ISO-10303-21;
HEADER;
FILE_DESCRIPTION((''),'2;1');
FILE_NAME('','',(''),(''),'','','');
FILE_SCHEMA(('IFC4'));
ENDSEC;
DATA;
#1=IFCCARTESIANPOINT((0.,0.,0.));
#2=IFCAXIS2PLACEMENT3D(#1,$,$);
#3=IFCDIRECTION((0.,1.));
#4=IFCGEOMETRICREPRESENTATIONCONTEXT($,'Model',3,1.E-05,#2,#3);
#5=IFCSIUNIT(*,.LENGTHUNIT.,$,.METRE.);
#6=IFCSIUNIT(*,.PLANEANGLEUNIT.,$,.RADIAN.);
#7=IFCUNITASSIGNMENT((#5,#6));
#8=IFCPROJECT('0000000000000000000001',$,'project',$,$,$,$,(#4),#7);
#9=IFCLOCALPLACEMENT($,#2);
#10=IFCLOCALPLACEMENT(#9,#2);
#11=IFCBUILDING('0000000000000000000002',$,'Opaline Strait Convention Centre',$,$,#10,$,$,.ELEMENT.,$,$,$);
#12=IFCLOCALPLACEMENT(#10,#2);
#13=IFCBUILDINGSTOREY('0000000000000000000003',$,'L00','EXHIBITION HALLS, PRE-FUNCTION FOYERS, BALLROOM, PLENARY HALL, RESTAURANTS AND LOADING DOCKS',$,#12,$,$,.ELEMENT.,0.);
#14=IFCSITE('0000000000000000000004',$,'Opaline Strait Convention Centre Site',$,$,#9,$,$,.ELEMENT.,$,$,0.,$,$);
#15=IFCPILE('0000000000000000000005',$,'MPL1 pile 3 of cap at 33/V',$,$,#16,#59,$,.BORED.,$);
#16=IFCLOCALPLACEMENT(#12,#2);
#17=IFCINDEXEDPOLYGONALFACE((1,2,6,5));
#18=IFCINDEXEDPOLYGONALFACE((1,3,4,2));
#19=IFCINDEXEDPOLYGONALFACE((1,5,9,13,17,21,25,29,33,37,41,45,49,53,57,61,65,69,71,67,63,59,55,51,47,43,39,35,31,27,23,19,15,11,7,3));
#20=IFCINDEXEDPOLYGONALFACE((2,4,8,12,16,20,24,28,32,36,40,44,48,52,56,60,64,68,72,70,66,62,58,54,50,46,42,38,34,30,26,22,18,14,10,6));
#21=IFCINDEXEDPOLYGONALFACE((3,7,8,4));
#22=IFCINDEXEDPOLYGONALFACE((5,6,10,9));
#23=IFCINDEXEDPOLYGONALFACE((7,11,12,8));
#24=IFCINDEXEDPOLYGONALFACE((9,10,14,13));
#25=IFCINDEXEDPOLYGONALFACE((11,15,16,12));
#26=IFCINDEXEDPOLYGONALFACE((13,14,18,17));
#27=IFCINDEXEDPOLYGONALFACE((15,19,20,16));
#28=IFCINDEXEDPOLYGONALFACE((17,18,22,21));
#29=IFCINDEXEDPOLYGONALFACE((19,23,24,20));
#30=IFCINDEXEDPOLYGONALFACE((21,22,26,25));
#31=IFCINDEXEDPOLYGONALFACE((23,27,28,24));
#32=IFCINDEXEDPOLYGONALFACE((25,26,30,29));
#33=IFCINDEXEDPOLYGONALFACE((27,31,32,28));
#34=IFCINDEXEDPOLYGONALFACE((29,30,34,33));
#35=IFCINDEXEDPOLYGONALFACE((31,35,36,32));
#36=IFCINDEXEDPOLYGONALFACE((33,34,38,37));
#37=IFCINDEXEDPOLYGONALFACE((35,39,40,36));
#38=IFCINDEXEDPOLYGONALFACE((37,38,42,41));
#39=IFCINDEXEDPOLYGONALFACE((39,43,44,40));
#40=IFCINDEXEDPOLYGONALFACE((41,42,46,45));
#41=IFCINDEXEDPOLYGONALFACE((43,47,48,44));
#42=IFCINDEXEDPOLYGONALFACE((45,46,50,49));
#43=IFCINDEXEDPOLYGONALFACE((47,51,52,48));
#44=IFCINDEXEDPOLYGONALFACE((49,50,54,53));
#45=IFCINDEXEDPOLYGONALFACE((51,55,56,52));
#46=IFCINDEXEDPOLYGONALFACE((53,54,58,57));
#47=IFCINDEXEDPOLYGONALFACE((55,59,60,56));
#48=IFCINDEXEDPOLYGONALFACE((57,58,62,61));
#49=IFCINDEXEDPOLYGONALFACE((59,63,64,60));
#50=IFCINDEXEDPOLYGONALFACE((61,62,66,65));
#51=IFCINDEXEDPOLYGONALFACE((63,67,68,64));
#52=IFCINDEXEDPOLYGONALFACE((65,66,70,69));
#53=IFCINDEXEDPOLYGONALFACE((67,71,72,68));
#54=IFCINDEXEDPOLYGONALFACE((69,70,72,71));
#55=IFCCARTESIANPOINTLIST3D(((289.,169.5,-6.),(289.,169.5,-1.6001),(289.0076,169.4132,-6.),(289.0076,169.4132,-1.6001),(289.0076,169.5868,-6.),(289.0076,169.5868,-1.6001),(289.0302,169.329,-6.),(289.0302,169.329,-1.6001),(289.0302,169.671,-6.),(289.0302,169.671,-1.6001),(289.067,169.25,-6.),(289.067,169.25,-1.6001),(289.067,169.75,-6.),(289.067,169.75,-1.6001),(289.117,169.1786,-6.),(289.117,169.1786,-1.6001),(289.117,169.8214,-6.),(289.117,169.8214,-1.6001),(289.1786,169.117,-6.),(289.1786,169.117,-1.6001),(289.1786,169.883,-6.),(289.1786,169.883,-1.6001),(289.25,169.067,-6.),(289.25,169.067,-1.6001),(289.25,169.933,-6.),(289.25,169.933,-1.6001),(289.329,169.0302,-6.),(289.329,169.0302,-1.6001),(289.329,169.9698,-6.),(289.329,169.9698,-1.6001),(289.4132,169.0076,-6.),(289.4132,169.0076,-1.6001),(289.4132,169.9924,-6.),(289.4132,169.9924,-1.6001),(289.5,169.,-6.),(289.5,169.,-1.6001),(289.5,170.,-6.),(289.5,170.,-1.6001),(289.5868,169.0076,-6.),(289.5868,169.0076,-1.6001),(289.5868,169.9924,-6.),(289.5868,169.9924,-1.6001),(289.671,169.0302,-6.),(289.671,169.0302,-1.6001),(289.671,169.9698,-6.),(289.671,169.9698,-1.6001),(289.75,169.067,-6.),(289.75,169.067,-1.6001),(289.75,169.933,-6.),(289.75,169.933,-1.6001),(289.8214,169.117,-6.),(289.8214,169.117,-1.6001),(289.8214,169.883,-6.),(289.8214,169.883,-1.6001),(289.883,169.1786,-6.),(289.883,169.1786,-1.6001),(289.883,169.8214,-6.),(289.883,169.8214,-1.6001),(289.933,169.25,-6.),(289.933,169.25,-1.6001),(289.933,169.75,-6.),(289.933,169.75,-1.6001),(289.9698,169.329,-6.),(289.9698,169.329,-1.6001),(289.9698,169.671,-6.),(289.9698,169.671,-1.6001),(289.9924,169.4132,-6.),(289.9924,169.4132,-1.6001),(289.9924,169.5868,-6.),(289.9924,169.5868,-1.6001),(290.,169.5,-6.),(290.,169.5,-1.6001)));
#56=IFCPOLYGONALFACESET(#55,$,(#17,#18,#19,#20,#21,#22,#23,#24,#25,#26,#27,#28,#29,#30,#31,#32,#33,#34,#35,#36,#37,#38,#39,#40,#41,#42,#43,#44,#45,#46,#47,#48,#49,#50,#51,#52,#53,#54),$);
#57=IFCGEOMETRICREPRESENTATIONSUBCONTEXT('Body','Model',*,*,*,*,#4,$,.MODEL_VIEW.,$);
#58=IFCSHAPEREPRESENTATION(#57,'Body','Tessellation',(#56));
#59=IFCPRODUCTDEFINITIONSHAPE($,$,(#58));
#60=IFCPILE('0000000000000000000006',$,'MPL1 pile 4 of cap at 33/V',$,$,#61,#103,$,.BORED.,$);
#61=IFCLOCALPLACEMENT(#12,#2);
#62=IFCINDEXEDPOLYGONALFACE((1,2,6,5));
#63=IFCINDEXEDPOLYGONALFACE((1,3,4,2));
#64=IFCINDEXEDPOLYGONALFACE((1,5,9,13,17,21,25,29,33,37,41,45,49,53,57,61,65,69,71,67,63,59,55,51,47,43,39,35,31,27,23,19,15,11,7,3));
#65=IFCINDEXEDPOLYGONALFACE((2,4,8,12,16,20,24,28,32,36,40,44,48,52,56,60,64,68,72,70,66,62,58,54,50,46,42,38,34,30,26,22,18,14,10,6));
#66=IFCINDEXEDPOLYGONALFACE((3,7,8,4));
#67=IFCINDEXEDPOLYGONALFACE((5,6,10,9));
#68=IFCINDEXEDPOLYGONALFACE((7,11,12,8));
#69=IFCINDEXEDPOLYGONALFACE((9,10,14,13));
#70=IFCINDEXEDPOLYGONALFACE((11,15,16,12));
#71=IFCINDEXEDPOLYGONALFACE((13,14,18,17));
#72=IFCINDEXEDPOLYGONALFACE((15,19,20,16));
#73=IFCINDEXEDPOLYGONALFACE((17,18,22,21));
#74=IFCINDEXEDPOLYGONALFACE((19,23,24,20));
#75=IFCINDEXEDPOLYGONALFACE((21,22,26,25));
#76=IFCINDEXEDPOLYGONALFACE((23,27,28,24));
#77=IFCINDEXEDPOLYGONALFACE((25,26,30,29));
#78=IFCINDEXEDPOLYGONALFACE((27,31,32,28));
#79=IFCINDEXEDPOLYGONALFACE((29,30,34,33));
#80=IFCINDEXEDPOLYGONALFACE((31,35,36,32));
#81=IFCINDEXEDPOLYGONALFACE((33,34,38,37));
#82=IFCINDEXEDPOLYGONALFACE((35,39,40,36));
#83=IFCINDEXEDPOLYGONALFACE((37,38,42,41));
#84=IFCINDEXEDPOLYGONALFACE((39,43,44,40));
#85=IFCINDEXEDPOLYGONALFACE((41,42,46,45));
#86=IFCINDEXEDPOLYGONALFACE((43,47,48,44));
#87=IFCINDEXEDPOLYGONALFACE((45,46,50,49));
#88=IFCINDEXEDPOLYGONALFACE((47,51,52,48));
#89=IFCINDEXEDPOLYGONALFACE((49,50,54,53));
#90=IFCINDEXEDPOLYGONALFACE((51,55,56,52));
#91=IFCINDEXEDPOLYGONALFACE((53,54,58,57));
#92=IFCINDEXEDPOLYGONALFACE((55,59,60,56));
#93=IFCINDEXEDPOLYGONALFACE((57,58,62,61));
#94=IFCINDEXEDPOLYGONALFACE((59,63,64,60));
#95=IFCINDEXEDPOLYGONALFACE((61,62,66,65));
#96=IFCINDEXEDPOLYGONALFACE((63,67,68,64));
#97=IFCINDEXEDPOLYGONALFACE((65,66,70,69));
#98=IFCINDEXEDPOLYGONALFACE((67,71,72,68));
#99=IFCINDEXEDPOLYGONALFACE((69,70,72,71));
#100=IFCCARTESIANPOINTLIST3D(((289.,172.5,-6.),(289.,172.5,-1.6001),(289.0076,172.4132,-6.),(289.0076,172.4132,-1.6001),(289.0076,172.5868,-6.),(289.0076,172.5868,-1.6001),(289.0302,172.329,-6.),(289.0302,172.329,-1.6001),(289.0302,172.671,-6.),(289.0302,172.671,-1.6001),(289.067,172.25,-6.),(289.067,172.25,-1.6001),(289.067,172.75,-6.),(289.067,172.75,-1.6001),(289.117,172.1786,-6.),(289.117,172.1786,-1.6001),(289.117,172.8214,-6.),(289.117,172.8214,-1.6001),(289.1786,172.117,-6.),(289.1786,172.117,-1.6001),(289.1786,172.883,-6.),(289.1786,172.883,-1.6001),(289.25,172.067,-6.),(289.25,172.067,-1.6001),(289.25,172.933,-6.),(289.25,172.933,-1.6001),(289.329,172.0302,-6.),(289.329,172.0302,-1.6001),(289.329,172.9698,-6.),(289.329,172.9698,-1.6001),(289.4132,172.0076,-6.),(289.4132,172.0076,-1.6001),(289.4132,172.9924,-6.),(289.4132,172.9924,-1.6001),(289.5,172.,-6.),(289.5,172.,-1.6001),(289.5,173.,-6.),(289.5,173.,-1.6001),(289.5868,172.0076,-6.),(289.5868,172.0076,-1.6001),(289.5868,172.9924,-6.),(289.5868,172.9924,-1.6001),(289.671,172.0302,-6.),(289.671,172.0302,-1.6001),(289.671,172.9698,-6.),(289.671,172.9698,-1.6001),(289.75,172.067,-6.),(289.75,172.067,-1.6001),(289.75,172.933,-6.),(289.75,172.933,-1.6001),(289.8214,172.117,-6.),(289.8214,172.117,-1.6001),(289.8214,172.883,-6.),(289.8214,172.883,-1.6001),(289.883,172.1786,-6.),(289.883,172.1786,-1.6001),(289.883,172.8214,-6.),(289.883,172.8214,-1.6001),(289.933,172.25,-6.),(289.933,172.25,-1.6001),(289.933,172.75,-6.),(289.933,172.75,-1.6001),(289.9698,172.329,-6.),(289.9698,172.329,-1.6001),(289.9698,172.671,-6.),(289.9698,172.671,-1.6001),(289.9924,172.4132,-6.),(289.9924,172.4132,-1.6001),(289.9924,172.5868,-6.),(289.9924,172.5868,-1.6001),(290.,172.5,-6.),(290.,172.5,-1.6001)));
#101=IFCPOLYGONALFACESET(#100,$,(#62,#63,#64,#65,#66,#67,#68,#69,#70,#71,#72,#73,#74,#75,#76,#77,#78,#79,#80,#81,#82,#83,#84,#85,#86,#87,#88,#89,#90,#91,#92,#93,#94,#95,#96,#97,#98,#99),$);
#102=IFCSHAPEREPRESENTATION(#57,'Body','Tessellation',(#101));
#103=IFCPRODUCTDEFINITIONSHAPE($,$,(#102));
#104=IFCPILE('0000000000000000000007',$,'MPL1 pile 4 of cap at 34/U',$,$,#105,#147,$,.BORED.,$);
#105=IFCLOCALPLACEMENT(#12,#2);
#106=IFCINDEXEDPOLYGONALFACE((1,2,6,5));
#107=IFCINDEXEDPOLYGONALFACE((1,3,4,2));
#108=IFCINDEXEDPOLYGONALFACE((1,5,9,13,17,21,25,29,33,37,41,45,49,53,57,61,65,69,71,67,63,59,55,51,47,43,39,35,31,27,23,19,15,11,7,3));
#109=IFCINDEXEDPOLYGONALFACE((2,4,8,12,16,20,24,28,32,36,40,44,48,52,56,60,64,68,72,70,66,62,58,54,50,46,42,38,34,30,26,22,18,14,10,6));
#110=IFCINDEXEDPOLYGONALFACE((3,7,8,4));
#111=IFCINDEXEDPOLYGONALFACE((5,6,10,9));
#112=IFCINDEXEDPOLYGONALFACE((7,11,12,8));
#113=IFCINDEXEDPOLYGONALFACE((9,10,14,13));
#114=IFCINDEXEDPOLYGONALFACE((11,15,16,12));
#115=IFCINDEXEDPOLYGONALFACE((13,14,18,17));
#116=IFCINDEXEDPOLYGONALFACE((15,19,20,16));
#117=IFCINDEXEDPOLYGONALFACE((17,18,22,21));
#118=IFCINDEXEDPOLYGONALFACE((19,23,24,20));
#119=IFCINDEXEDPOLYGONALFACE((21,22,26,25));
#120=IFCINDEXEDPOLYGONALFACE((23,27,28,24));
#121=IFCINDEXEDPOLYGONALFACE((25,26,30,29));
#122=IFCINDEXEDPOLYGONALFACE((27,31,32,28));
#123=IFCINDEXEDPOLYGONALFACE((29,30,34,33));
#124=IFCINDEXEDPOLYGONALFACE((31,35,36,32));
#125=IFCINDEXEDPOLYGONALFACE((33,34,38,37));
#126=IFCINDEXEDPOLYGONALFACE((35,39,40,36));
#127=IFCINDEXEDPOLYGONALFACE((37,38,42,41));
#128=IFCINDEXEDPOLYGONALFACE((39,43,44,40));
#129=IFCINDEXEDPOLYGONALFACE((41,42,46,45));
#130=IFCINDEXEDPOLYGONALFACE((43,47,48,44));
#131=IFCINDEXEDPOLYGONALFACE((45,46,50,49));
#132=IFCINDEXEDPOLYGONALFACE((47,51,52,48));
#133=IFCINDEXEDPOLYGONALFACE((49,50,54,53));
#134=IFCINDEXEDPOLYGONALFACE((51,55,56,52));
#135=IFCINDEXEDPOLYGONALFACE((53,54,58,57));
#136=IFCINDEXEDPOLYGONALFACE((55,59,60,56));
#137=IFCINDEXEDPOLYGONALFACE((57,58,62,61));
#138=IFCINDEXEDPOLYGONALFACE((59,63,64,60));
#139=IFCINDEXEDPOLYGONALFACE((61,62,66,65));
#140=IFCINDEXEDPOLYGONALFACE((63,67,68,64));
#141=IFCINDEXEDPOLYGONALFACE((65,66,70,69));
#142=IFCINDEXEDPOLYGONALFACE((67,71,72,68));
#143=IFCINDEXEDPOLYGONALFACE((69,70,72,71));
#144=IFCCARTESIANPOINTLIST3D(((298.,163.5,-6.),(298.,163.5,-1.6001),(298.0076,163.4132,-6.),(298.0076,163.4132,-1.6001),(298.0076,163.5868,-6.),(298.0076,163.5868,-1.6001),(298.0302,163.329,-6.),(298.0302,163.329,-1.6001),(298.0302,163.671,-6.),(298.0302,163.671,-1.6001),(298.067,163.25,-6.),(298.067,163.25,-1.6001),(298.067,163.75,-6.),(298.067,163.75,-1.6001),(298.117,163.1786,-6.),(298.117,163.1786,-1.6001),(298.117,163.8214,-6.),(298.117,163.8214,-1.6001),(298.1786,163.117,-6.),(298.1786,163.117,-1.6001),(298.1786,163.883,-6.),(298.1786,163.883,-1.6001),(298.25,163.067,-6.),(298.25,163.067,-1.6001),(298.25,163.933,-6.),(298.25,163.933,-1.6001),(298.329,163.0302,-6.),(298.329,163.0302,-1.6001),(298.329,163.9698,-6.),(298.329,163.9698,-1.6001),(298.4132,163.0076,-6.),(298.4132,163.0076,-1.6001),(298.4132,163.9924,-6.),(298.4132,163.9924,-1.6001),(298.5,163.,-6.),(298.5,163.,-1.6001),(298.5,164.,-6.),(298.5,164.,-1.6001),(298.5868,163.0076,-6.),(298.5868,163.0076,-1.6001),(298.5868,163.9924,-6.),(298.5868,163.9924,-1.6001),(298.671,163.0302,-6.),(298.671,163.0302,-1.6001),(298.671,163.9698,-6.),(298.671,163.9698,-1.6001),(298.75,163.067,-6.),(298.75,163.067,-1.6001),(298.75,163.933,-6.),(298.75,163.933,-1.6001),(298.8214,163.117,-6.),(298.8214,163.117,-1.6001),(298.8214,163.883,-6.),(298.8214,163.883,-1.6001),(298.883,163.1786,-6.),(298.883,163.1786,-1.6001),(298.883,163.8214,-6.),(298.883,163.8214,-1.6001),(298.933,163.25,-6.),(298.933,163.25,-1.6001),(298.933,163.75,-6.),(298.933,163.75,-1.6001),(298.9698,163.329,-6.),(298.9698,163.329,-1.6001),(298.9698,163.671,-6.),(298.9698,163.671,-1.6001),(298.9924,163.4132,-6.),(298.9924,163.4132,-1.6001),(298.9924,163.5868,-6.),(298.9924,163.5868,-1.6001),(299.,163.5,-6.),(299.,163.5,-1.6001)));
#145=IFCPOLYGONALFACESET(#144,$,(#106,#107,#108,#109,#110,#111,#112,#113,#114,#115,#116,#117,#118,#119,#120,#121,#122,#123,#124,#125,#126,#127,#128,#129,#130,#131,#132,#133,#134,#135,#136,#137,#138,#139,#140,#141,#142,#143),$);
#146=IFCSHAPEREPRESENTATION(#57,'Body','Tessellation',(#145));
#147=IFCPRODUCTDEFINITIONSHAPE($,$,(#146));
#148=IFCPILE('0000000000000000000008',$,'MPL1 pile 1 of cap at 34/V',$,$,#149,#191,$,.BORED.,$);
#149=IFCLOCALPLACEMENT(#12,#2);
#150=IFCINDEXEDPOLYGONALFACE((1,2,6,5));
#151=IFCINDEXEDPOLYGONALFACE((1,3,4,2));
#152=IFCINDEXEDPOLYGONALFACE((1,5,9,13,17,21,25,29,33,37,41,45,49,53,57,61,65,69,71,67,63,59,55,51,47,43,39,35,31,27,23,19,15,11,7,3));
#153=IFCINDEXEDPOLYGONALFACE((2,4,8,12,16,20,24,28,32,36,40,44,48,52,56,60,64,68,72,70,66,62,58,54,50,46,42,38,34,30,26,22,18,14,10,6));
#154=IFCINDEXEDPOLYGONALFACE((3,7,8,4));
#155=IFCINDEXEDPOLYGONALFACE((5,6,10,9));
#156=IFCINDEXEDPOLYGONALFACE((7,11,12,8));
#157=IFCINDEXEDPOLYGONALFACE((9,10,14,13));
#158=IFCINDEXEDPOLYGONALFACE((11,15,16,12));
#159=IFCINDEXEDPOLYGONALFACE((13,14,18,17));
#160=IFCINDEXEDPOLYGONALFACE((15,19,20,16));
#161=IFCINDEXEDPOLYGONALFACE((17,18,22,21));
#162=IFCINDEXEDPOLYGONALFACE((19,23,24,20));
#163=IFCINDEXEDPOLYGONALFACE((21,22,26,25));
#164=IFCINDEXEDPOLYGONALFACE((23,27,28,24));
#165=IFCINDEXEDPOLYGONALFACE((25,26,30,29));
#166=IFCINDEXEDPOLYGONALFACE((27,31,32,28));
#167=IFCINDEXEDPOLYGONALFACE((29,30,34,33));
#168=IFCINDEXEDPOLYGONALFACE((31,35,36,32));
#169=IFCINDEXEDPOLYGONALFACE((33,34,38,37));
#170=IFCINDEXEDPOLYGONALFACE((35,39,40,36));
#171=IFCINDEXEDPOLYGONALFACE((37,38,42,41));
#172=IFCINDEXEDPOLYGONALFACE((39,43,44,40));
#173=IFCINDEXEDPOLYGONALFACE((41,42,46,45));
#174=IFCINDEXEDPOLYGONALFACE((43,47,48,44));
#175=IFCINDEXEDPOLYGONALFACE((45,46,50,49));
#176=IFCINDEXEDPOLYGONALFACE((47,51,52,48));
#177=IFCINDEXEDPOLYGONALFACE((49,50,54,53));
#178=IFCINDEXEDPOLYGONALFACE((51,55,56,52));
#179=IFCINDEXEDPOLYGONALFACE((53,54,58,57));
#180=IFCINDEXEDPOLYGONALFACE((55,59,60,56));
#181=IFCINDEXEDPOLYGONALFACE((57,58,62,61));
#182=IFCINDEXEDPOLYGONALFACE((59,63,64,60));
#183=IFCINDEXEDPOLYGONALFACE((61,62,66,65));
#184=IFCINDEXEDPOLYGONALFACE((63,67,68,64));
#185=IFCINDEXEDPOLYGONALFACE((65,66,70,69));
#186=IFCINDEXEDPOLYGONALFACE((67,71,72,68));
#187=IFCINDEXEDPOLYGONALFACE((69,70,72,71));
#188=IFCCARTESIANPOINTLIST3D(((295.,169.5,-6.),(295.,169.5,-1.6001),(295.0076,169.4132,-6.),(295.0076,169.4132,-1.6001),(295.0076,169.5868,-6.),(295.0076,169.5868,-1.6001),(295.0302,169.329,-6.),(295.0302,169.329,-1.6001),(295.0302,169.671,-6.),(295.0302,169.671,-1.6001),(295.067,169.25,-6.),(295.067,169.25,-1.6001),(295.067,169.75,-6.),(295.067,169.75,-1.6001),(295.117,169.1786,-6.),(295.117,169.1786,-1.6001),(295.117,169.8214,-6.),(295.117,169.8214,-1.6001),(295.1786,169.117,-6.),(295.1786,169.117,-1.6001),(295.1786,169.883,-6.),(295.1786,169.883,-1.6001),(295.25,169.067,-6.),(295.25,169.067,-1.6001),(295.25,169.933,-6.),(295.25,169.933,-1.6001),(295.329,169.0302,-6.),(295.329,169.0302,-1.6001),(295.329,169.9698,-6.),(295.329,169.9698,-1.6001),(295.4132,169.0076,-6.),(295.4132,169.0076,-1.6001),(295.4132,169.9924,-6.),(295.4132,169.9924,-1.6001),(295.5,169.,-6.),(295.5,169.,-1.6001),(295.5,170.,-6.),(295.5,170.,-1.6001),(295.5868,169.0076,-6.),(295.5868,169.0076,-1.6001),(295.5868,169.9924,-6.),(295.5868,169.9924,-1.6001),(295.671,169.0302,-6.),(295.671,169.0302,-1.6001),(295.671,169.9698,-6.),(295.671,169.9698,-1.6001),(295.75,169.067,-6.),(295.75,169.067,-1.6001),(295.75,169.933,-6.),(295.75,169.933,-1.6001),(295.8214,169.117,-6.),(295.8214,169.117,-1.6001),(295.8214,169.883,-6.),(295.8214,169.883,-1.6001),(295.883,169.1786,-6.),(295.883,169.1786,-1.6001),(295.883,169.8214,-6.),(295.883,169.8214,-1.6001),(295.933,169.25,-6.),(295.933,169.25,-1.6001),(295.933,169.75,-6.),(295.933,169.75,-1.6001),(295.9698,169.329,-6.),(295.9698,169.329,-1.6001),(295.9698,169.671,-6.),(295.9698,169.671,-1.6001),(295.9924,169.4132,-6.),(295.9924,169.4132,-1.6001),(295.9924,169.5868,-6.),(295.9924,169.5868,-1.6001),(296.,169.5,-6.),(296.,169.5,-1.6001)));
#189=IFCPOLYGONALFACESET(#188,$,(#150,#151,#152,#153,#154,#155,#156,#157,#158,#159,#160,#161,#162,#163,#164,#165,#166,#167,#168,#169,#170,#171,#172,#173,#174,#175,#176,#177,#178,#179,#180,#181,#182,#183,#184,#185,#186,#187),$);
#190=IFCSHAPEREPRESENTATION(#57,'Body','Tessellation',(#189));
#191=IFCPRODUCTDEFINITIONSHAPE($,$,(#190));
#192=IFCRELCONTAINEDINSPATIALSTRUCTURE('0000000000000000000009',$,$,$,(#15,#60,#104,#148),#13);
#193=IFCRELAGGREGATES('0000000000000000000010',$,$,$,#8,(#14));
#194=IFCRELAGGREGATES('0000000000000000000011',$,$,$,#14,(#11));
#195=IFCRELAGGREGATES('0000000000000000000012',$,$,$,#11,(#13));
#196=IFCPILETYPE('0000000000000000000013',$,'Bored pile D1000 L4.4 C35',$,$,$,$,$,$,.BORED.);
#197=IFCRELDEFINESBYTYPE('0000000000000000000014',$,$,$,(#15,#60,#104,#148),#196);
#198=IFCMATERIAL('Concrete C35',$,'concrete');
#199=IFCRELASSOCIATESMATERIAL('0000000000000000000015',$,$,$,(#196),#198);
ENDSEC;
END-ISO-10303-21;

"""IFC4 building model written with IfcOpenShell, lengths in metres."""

from ifc_helpers import new_model, si_unit, direction, frame, origin, origin_2d, place, context, subcontext, project, spatial, circle, extrude, material, material_profile, profile_set, type_object, element, save


model = new_model("IFC4")

# Units and contexts
model_context = context("Model", 3, precision=1e-05, world=origin(), true_north=direction((0.0, 1.0)))
body_context = subcontext(model_context, "Body", "Model", "MODEL_VIEW")
ifc_project = project(units=[si_unit("LENGTHUNIT", "METRE"), si_unit("PLANEANGLEUNIT", "RADIAN")], contexts=[model_context])

# Site, building, storey
site_placement = place(None, origin())
site = spatial("IfcSite", under=ifc_project, at=site_placement, Name="Opaline Strait Convention Centre Site", CompositionType="ELEMENT", RefElevation=0.0)
building_placement = place(site_placement, origin())
building = spatial("IfcBuilding", under=site, at=building_placement, Name="Opaline Strait Convention Centre", CompositionType="ELEMENT")
storey_placement = place(building_placement, origin())
storey = spatial("IfcBuildingStorey", under=building, at=storey_placement, Name="L00", Description="EXHIBITION HALLS, PRE-FUNCTION FOYERS, BALLROOM, PLENARY HALL, RESTAURANTS AND LOADING DOCKS", CompositionType="ELEMENT", Elevation=0.0)

# Piles
ifc_material_1 = material(Name="Concrete C35", Category="concrete")
ifc_material_profile_1 = material_profile(ifc_material_1, circle(Radius=0.5, at=origin_2d()), Name="D1000")
ifc_profile_set_1 = profile_set([ifc_material_profile_1], Name="Concrete C35")
pile_type = type_object("IfcPileType", Name="Bored pile D1000 L4.4 C35", PredefinedType="BORED", material=ifc_profile_set_1)
for number, where, z_axis, x_axis, name in (
    (1, (289.5, 169.5, -1.6001), (0.0, 0.0, -1.0), (1.0, 0.0, 0.0), "MPL1 pile 3 of cap at 33/V"),
    (2, (289.5, 172.5, -1.6001), (0.0, 0.0, -1.0), (1.0, 0.0, 0.0), "MPL1 pile 4 of cap at 33/V"),
    (3, (298.5, 163.5, -1.6001), (0.0, 0.0, -1.0), (1.0, 0.0, 0.0), "MPL1 pile 4 of cap at 34/U"),
    (4, (295.5, 169.5, -1.6001), (0.0, 0.0, -1.0), (1.0, 0.0, 0.0), "MPL1 pile 1 of cap at 34/V"),
):
    element("IfcPile", number, at=place(storey_placement, frame(where, z_axis=z_axis, x_axis=x_axis)), inside=storey, type_object=pile_type, Name=name, PredefinedType="BORED", context=body_context, shape_type="SweptSolid", body=[
        extrude(circle(Radius=0.5, at=origin_2d()), origin(), (0.0, 0.0, 1.0), 4.3999),
    ])

save(model, "model.ifc")
